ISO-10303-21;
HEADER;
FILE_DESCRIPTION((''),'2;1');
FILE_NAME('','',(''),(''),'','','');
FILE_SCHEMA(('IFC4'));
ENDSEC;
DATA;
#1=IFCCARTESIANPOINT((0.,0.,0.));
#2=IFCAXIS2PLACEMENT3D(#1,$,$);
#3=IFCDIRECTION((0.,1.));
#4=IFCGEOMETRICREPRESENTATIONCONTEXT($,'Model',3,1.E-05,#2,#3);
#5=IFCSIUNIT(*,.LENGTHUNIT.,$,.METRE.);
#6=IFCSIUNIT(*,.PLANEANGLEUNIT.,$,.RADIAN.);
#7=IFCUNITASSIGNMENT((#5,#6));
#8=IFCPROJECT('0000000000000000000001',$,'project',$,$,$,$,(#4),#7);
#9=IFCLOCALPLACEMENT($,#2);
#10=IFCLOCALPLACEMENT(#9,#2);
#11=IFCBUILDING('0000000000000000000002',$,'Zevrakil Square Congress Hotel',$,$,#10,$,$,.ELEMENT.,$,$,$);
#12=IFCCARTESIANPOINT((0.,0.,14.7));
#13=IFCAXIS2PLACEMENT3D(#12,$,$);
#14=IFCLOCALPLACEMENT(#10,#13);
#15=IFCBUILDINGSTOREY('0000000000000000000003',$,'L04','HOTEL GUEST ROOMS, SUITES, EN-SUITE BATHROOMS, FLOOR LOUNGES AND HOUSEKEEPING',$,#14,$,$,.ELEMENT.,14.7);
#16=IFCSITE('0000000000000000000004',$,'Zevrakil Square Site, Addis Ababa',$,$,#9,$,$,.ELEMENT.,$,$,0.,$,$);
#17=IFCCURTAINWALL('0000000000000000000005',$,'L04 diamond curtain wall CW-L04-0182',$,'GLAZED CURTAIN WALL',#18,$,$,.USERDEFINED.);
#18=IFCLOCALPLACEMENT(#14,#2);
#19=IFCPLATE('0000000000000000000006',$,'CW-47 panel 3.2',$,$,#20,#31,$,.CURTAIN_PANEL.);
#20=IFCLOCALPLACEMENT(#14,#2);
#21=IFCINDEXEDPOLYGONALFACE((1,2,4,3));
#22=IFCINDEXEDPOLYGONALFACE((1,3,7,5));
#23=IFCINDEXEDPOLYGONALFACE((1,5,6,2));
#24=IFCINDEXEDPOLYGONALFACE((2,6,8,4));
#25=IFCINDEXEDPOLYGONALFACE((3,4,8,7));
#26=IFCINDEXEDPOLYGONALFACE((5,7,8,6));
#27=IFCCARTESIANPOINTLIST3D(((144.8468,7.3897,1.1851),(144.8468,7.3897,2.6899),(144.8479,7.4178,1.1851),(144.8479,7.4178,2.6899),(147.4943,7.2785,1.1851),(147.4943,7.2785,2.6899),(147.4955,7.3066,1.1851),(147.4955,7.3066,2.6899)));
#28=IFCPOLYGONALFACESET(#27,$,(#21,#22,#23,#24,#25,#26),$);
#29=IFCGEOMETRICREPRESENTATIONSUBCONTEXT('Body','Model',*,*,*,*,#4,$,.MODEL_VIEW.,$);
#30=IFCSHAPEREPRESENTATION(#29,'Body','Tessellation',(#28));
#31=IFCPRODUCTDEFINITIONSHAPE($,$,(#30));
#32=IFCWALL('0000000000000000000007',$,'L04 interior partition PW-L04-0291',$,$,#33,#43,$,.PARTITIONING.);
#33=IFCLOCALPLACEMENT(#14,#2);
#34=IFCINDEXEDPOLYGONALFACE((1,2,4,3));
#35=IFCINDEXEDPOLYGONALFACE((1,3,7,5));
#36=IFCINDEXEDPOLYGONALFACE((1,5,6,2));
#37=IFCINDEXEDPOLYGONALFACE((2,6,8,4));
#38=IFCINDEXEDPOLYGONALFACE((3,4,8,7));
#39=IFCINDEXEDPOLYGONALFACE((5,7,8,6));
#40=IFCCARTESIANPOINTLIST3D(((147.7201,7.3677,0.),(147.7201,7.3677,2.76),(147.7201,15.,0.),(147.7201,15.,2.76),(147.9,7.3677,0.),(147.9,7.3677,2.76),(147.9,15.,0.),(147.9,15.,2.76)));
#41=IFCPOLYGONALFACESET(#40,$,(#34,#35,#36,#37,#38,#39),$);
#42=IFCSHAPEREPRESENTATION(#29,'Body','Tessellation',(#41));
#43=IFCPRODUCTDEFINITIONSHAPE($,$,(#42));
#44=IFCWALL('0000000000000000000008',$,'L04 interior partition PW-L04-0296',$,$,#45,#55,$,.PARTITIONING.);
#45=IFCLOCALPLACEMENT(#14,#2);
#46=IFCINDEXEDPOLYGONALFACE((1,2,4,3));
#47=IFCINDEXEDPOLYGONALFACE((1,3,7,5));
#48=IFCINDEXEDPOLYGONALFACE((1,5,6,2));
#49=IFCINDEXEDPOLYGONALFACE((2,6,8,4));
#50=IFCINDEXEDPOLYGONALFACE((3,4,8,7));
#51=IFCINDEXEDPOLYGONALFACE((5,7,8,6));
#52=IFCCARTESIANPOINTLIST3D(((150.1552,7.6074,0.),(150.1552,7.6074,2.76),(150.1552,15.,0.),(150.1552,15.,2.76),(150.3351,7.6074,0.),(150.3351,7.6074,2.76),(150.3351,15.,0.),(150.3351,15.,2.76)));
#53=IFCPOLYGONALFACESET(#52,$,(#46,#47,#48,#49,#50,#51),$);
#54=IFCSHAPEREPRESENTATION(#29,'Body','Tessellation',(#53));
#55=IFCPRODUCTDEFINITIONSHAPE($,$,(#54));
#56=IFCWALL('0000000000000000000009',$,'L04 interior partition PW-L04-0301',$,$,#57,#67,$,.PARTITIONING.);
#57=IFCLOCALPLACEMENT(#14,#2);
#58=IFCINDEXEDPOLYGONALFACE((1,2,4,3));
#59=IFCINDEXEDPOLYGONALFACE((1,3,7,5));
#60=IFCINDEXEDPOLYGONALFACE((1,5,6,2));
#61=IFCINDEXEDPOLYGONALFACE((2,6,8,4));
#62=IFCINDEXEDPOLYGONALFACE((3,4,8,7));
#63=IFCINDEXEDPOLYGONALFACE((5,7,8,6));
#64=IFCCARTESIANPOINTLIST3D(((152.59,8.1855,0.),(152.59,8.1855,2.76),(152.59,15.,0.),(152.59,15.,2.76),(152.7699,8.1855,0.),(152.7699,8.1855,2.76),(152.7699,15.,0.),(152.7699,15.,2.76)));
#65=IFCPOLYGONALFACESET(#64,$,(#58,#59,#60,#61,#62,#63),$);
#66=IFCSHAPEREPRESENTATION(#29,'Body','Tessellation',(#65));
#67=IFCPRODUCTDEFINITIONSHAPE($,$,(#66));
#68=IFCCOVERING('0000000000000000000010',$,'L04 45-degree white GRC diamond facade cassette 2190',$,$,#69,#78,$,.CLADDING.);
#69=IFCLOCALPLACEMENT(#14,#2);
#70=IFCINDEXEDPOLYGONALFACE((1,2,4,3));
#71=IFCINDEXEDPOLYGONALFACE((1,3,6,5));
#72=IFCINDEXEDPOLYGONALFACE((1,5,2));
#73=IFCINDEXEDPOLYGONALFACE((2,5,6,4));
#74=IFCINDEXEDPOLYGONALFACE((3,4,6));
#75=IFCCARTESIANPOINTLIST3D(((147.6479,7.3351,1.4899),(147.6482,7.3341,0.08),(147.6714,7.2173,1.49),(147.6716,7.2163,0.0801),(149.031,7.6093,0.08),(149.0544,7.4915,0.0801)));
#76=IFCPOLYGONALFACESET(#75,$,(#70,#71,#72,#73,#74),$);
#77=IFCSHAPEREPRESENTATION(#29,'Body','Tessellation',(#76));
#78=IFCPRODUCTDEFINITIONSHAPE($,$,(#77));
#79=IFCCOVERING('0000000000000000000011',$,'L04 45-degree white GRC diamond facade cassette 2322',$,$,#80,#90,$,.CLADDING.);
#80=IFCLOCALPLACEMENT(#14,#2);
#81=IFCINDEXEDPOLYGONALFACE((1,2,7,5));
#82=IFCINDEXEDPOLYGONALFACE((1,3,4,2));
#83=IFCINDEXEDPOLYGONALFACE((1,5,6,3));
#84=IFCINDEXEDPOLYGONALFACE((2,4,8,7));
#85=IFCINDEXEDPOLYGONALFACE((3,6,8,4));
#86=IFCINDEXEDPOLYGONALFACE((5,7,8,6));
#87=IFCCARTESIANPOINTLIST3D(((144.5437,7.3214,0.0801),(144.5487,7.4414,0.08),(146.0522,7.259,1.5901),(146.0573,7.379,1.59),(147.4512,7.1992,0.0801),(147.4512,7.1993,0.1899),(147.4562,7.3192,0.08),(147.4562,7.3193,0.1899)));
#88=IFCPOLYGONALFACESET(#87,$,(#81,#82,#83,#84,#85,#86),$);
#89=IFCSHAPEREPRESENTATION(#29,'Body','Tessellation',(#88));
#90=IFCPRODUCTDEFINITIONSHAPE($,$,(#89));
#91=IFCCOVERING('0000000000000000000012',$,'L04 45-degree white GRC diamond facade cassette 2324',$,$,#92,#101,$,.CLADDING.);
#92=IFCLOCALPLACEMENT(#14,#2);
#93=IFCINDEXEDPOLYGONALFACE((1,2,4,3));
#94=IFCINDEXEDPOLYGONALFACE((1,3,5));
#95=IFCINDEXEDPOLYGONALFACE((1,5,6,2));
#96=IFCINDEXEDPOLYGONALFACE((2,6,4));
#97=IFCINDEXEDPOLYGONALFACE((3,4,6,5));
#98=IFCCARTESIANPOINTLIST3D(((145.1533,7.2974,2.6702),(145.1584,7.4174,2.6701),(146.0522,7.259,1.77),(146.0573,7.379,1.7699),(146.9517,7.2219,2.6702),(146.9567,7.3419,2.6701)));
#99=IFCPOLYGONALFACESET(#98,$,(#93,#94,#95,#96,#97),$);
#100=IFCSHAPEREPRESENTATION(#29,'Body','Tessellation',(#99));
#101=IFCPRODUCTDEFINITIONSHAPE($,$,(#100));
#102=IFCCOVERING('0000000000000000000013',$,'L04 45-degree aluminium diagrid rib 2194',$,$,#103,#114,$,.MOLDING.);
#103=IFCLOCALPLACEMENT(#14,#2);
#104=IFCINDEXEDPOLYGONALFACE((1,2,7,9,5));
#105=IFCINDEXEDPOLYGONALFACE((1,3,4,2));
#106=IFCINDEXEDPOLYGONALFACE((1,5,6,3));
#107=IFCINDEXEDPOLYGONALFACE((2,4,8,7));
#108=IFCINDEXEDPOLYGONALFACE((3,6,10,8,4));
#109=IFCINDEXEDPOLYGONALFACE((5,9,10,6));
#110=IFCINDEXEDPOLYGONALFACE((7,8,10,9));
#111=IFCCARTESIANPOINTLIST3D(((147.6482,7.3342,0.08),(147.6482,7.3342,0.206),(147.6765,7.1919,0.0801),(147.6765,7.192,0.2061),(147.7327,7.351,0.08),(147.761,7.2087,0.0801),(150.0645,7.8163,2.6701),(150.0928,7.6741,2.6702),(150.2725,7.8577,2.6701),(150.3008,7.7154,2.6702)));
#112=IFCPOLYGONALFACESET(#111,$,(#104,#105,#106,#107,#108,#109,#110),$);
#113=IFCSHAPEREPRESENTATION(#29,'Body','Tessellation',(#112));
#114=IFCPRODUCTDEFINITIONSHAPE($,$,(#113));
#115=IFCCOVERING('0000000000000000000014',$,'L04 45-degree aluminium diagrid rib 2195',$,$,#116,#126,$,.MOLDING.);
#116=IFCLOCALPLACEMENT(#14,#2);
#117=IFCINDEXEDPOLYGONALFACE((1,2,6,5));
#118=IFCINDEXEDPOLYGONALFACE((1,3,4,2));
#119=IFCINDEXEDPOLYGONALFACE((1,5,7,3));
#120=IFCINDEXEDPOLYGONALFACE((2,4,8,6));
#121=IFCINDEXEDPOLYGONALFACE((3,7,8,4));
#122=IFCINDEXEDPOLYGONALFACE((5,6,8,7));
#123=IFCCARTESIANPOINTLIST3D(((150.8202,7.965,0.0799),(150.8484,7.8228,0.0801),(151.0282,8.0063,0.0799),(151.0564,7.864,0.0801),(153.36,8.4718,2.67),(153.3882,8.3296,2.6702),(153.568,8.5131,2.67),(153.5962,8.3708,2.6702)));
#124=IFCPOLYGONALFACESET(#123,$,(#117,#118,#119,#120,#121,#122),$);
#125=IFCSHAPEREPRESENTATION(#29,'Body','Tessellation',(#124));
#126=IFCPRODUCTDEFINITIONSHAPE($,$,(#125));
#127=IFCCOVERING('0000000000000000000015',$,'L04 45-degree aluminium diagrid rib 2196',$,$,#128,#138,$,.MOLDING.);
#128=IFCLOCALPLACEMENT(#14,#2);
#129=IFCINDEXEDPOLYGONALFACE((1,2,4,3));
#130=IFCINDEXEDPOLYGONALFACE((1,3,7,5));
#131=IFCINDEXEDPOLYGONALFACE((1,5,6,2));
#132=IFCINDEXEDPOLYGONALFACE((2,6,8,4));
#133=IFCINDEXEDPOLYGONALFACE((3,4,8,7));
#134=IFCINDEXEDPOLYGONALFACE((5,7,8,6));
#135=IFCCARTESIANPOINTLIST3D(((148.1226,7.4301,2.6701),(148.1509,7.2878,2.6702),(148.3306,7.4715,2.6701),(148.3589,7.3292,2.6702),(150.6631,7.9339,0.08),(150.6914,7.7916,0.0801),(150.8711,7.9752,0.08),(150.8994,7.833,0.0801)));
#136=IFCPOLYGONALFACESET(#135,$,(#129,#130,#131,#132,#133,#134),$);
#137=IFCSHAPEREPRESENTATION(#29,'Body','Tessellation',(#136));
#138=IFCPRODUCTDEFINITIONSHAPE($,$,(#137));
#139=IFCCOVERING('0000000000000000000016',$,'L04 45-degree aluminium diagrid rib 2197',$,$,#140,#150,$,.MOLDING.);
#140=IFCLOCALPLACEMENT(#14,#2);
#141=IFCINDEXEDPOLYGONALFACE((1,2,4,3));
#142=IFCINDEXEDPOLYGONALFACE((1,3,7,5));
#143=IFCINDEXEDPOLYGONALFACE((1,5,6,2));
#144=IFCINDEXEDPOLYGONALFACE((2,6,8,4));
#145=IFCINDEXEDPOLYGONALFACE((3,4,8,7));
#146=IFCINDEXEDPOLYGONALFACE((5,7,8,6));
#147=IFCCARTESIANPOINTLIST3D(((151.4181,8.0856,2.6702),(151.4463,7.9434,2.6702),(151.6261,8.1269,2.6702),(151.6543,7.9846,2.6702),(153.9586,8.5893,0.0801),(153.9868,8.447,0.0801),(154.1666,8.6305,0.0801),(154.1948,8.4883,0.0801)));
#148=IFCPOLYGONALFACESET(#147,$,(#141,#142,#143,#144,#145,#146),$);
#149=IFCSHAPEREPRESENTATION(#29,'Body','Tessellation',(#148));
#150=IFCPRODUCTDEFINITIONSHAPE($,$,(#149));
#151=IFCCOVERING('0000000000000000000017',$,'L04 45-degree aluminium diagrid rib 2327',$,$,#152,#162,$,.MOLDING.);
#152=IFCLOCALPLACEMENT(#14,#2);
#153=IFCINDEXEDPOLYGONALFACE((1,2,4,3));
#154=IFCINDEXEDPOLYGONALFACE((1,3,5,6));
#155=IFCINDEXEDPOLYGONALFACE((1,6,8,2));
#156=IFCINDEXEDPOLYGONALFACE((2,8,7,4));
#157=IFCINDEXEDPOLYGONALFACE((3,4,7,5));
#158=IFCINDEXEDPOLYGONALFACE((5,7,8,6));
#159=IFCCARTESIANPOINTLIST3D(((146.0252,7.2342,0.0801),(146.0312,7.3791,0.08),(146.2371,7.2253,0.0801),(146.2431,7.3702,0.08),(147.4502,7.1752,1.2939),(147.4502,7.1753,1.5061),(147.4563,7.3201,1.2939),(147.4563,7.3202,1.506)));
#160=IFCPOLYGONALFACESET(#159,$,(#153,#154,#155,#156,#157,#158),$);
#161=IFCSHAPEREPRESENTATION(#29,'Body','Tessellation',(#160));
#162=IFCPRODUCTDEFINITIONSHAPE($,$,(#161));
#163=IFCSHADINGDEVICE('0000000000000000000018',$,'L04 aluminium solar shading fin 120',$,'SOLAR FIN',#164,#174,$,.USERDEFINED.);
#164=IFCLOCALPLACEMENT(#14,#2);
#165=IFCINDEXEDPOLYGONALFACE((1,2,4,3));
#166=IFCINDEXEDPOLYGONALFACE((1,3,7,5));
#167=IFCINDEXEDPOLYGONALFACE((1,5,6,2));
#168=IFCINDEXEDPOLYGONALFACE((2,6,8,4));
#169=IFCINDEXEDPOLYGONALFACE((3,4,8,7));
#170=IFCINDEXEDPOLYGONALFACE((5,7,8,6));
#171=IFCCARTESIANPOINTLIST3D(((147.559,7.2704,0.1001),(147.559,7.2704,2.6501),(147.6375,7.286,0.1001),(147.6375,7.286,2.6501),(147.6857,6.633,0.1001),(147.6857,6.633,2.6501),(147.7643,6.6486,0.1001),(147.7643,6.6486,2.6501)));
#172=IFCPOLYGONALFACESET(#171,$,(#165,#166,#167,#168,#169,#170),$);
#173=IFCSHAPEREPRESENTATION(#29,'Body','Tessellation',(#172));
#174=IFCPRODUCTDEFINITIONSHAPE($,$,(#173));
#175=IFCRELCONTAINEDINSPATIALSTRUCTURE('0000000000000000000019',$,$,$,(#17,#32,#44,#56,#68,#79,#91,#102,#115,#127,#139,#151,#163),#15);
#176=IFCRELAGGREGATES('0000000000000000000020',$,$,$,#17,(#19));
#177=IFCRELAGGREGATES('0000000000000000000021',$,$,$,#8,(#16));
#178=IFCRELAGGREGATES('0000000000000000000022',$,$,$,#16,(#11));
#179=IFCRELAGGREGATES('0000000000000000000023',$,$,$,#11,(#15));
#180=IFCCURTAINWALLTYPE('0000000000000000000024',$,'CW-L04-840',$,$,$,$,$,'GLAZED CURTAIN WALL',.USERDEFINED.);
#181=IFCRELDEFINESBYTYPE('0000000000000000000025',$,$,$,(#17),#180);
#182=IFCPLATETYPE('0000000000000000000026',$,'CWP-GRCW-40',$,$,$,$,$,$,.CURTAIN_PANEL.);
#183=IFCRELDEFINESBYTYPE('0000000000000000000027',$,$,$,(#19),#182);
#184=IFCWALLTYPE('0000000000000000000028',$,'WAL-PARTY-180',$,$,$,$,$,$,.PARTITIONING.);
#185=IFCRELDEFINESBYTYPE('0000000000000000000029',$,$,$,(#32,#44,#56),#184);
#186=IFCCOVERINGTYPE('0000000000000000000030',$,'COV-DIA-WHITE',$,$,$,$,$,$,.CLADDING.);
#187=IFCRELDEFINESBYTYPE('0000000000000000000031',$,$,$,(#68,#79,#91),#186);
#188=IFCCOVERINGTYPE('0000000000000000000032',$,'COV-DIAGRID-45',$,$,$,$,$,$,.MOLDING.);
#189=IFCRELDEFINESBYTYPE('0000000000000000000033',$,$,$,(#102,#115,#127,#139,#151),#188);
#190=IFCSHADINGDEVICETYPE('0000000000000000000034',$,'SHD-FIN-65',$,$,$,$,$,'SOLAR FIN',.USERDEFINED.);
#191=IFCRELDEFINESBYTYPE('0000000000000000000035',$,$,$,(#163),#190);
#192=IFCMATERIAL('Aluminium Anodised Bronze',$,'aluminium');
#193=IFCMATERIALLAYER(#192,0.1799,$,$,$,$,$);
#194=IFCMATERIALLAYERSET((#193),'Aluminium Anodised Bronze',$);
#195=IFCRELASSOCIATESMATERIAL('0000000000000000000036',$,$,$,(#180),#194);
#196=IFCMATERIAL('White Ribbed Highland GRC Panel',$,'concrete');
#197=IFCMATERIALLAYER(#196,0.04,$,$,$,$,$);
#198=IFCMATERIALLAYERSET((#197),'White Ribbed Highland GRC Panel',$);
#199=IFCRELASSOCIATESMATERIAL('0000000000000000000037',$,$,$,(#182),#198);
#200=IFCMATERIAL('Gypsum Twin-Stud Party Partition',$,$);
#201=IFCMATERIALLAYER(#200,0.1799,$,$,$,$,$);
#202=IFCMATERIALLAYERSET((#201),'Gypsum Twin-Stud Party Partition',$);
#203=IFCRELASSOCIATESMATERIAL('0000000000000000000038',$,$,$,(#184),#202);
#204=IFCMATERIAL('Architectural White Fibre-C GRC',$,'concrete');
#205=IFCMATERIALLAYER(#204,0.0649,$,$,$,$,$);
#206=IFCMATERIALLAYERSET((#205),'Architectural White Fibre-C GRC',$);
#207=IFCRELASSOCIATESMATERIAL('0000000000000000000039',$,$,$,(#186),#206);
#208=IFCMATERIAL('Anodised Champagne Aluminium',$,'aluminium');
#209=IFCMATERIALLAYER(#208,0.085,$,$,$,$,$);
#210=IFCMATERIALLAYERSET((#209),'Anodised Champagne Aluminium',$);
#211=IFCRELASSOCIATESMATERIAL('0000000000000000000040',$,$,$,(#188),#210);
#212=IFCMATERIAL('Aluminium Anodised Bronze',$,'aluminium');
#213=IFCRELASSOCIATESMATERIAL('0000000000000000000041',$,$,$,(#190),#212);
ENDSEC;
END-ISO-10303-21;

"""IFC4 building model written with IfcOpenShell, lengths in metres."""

from ifc_helpers import new_model, si_unit, direction, frame, frame_2d, origin, origin_2d, place, context, subcontext, project, spatial, polyline, rectangle, outline, extrude, material, layer, layer_set, type_object, element, aggregate, save


model = new_model("IFC4")

# Units and contexts
model_context = context("Model", 3, precision=1e-05, world=origin(), true_north=direction((0.0, 1.0)))
body_context = subcontext(model_context, "Body", "Model", "MODEL_VIEW")
ifc_project = project(units=[si_unit("LENGTHUNIT", "METRE"), si_unit("PLANEANGLEUNIT", "RADIAN")], contexts=[model_context])

# Site, building, storey
site_placement = place(None, origin())
site = spatial("IfcSite", under=ifc_project, at=site_placement, Name="Zevrakil Square Site, Addis Ababa", CompositionType="ELEMENT", RefElevation=0.0)
building_placement = place(site_placement, origin())
building = spatial("IfcBuilding", under=site, at=building_placement, Name="Zevrakil Square Congress Hotel", CompositionType="ELEMENT")
storey_placement = place(building_placement, frame((0.0, 0.0, 14.7)))
storey = spatial("IfcBuildingStorey", under=building, at=storey_placement, Name="L04", Description="HOTEL GUEST ROOMS, SUITES, EN-SUITE BATHROOMS, FLOOR LOUNGES AND HOUSEKEEPING", CompositionType="ELEMENT", Elevation=14.7)

# Curtain wall
ifc_material_1 = material(Name="Aluminium Anodised Bronze", Category="aluminium")
ifc_layer_1 = layer(ifc_material_1, 0.1799)
ifc_layer_set_1 = layer_set([ifc_layer_1], Name="Aluminium Anodised Bronze")
curtain_wall_type_1 = type_object("IfcCurtainWallType", Name="CW-L04-840", ElementType="GLAZED CURTAIN WALL", PredefinedType="USERDEFINED", material=ifc_layer_set_1)
curtain_wall_1_placement = place(storey_placement, origin())
curtain_wall_1 = element("IfcCurtainWall", 1, at=curtain_wall_1_placement, inside=storey, type_object=curtain_wall_type_1, Name="L04 diamond curtain wall CW-L04-0182", ObjectType="GLAZED CURTAIN WALL", PredefinedType="USERDEFINED")

# Plate
ifc_material_2 = material(Name="White Ribbed Highland GRC Panel", Category="concrete")
ifc_layer_2 = layer(ifc_material_2, 0.04)
ifc_layer_set_2 = layer_set([ifc_layer_2], Name="White Ribbed Highland GRC Panel")
plate_type_1 = type_object("IfcPlateType", Name="CWP-GRCW-40", PredefinedType="CURTAIN_PANEL", material=ifc_layer_set_2)
plate_1_placement = place(storey_placement, frame((146.1711, 7.3481, 1.1851), z_axis=(0.0, 0.0, 1.0), x_axis=(0.999119, -0.041971, 0.0)))
plate_1 = element("IfcPlate", 2, at=plate_1_placement, type_object=plate_type_1, Name="CW-47 panel 3.2", PredefinedType="CURTAIN_PANEL", context=body_context, shape_type="SweptSolid", body=[
    extrude(rectangle(XDim=2.6499, YDim=0.0281, at=origin_2d()), origin(), (0.0, 0.0, 1.0), 1.5049),
])
aggregate(curtain_wall_1, [plate_1])

# Walls
ifc_material_3 = material(Name="Gypsum Twin-Stud Party Partition")
ifc_layer_3 = layer(ifc_material_3, 0.1799)
ifc_layer_set_3 = layer_set([ifc_layer_3], Name="Gypsum Twin-Stud Party Partition")
wall_type = type_object("IfcWallType", Name="WAL-PARTY-180", PredefinedType="PARTITIONING", material=ifc_layer_set_3)
wall_1_placement = place(storey_placement, frame((147.8101, 7.3677, 0.0), z_axis=(0.0, 0.0, 1.0), x_axis=(0.0, 1.0, 0.0)))
element("IfcWall", 3, at=wall_1_placement, inside=storey, type_object=wall_type, Name="L04 interior partition PW-L04-0291", PredefinedType="PARTITIONING", context=body_context, shape_type="SweptSolid", body=[
    extrude(rectangle(XDim=7.6323, YDim=0.1799, at=frame_2d((3.8162, 0.0))), origin(), (0.0, 0.0, 1.0), 2.76),
])
wall_2_placement = place(storey_placement, frame((150.2451, 7.6074, 0.0), z_axis=(0.0, 0.0, 1.0), x_axis=(0.0, 1.0, 0.0)))
element("IfcWall", 4, at=wall_2_placement, inside=storey, type_object=wall_type, Name="L04 interior partition PW-L04-0296", PredefinedType="PARTITIONING", context=body_context, shape_type="SweptSolid", body=[
    extrude(rectangle(XDim=7.3926, YDim=0.1799, at=frame_2d((3.6963, 0.0))), origin(), (0.0, 0.0, 1.0), 2.76),
])
wall_3_placement = place(storey_placement, frame((152.6799, 8.1855, 0.0), z_axis=(0.0, 0.0, 1.0), x_axis=(0.0, 1.0, 0.0)))
element("IfcWall", 5, at=wall_3_placement, inside=storey, type_object=wall_type, Name="L04 interior partition PW-L04-0301", PredefinedType="PARTITIONING", context=body_context, shape_type="SweptSolid", body=[
    extrude(rectangle(XDim=6.8145, YDim=0.1799, at=frame_2d((3.4072, 0.0))), origin(), (0.0, 0.0, 1.0), 2.76),
])

# Coverings
ifc_material_4 = material(Name="Architectural White Fibre-C GRC", Category="concrete")
ifc_layer_4 = layer(ifc_material_4, 0.0649)
ifc_layer_set_4 = layer_set([ifc_layer_4], Name="Architectural White Fibre-C GRC")
covering_type_1 = type_object("IfcCoveringType", Name="COV-DIA-WHITE", PredefinedType="CLADDING", material=ifc_layer_set_4)
covering_1_placement = place(storey_placement, frame((149.0544, 7.4915, 0.0801), z_axis=(0.19515, -0.980773, 0.000713), x_axis=(-0.980773, -0.19515, 0.0)))
element("IfcCovering", 6, at=covering_1_placement, inside=storey, type_object=covering_type_1, Name="L04 45-degree white GRC diamond facade cassette 2190", PredefinedType="CLADDING", context=body_context, shape_type="SweptSolid", body=[
    extrude(outline(polyline([(0.0, 0.0), (1.4099, 0.0), (1.41, -1.4099), (0.0, 0.0)])), origin(), (0.0, 0.0, -1.0), 0.1201),
])
covering_2_placement = place(storey_placement, frame((146.0522, 7.259, 1.5901), z_axis=(-0.041974, -0.999118, 0.000691), x_axis=(0.706475, -0.030169, -0.707095)))
element("IfcCovering", 7, at=covering_2_placement, inside=storey, type_object=covering_type_1, Name="L04 45-degree white GRC diamond facade cassette 2322", PredefinedType="CLADDING", context=body_context, shape_type="SweptSolid", body=[
    extrude(outline(polyline([(0.0, 0.0), (1.9801, 0.0), (2.0578, -0.0777), (0.0001, -2.1354), (0.0, 0.0)])), origin(), (0.0, 0.0, -1.0), 0.1201),
])
covering_3_placement = place(storey_placement, frame((146.0522, 7.259, 1.77), z_axis=(-0.041913, -0.999121, 0.000689), x_axis=(-0.706306, 0.030117, 0.707265)))
element("IfcCovering", 8, at=covering_3_placement, inside=storey, type_object=covering_type_1, Name="L04 45-degree white GRC diamond facade cassette 2324", PredefinedType="CLADDING", context=body_context, shape_type="SweptSolid", body=[
    extrude(outline(polyline([(0.0, 0.0), (1.2727, 0.0), (0.0003, -1.273), (0.0, 0.0)])), origin(), (0.0, 0.0, -1.0), 0.1201),
])
ifc_material_5 = material(Name="Anodised Champagne Aluminium", Category="aluminium")
ifc_layer_5 = layer(ifc_material_5, 0.085)
ifc_layer_set_5 = layer_set([ifc_layer_5], Name="Anodised Champagne Aluminium")
covering_type_2 = type_object("IfcCoveringType", Name="COV-DIAGRID-45", PredefinedType="MOLDING", material=ifc_layer_set_5)
covering_4_placement = place(storey_placement, frame((147.761, 7.2087, 0.0801), z_axis=(0.195097, -0.980784, 0.000564), x_axis=(-0.980784, -0.195097, 0.0)))
element("IfcCovering", 9, at=covering_4_placement, inside=storey, type_object=covering_type_2, Name="L04 45-degree aluminium diagrid rib 2194", PredefinedType="MOLDING", context=body_context, shape_type="SweptSolid", body=[
    extrude(outline(polyline([(0.0, 0.0), (0.0861, 0.0), (0.0861, -0.126), (-2.3778, -2.5901), (-2.5898, -2.5901), (0.0, 0.0)])), origin(), (0.0, 0.0, -1.0), 0.145),
])
covering_5_placement = place(storey_placement, frame((151.0564, 7.864, 0.0801), z_axis=(0.194566, -0.980889, 0.001155), x_axis=(-0.980889, -0.194566, 0.0)))
element("IfcCovering", 10, at=covering_5_placement, inside=storey, type_object=covering_type_2, Name="L04 45-degree aluminium diagrid rib 2195", PredefinedType="MOLDING", context=body_context, shape_type="SweptSolid", body=[
    extrude(outline(polyline([(0.0, 0.0), (0.2121, 0.0), (-2.3778, -2.5901), (-2.5899, -2.5901), (0.0, 0.0)])), origin(), (0.0, 0.0, -1.0), 0.145),
])
covering_6_placement = place(storey_placement, frame((148.1509, 7.2878, 2.6702), z_axis=(0.19512, -0.980779, 0.00062), x_axis=(0.980779, 0.19512, 0.0)))
element("IfcCovering", 11, at=covering_6_placement, inside=storey, type_object=covering_type_2, Name="L04 45-degree aluminium diagrid rib 2196", PredefinedType="MOLDING", context=body_context, shape_type="SweptSolid", body=[
    extrude(outline(polyline([(0.0, 0.0), (0.2121, 0.0), (2.8021, -2.5901), (2.59, -2.5901), (0.0, 0.0)])), origin(), (0.0, 0.0, -1.0), 0.145),
])
covering_7_placement = place(storey_placement, frame((151.4463, 7.9434, 2.6702), z_axis=(0.194566, -0.980889, 0.000102), x_axis=(0.980889, 0.194566, 0.0)))
element("IfcCovering", 12, at=covering_7_placement, inside=storey, type_object=covering_type_2, Name="L04 45-degree aluminium diagrid rib 2197", PredefinedType="MOLDING", context=body_context, shape_type="SweptSolid", body=[
    extrude(outline(polyline([(0.0, 0.0), (0.2121, 0.0), (2.802, -2.5901), (2.59, -2.5901), (0.0, 0.0)])), origin(), (0.0, 0.0, -1.0), 0.145),
])
covering_8_placement = place(storey_placement, frame((146.2371, 7.2253, 0.0801), z_axis=(-0.041959, -0.999119, 0.000629), x_axis=(-0.999119, 0.041959, 0.0)))
element("IfcCovering", 13, at=covering_8_placement, inside=storey, type_object=covering_type_2, Name="L04 45-degree aluminium diagrid rib 2327", PredefinedType="MOLDING", context=body_context, shape_type="SweptSolid", body=[
    extrude(outline(polyline([(0.0, 0.0), (0.2121, 0.0), (-1.2142, -1.426), (-1.2142, -1.2139), (0.0, 0.0)])), origin(), (0.0, 0.0, -1.0), 0.145),
])

# Shading device
ifc_material_6 = material(Name="Aluminium Anodised Bronze", Category="aluminium")
shading_device_type = type_object("IfcShadingDeviceType", Name="SHD-FIN-65", ElementType="SOLAR FIN", PredefinedType="USERDEFINED", material=ifc_material_6)
shading_device_placement = place(storey_placement, frame((147.6616, 6.9595, 0.1001), z_axis=(0.0, 0.0, 1.0), x_axis=(0.19509, -0.980785, 0.0)))
element("IfcShadingDevice", 14, at=shading_device_placement, inside=storey, type_object=shading_device_type, Name="L04 aluminium solar shading fin 120", ObjectType="SOLAR FIN", PredefinedType="USERDEFINED", context=body_context, shape_type="SweptSolid", body=[
    extrude(rectangle(XDim=0.6499, YDim=0.0801, at=origin_2d()), origin(), (0.0, 0.0, 1.0), 2.55),
])

save(model, "model.ifc")
